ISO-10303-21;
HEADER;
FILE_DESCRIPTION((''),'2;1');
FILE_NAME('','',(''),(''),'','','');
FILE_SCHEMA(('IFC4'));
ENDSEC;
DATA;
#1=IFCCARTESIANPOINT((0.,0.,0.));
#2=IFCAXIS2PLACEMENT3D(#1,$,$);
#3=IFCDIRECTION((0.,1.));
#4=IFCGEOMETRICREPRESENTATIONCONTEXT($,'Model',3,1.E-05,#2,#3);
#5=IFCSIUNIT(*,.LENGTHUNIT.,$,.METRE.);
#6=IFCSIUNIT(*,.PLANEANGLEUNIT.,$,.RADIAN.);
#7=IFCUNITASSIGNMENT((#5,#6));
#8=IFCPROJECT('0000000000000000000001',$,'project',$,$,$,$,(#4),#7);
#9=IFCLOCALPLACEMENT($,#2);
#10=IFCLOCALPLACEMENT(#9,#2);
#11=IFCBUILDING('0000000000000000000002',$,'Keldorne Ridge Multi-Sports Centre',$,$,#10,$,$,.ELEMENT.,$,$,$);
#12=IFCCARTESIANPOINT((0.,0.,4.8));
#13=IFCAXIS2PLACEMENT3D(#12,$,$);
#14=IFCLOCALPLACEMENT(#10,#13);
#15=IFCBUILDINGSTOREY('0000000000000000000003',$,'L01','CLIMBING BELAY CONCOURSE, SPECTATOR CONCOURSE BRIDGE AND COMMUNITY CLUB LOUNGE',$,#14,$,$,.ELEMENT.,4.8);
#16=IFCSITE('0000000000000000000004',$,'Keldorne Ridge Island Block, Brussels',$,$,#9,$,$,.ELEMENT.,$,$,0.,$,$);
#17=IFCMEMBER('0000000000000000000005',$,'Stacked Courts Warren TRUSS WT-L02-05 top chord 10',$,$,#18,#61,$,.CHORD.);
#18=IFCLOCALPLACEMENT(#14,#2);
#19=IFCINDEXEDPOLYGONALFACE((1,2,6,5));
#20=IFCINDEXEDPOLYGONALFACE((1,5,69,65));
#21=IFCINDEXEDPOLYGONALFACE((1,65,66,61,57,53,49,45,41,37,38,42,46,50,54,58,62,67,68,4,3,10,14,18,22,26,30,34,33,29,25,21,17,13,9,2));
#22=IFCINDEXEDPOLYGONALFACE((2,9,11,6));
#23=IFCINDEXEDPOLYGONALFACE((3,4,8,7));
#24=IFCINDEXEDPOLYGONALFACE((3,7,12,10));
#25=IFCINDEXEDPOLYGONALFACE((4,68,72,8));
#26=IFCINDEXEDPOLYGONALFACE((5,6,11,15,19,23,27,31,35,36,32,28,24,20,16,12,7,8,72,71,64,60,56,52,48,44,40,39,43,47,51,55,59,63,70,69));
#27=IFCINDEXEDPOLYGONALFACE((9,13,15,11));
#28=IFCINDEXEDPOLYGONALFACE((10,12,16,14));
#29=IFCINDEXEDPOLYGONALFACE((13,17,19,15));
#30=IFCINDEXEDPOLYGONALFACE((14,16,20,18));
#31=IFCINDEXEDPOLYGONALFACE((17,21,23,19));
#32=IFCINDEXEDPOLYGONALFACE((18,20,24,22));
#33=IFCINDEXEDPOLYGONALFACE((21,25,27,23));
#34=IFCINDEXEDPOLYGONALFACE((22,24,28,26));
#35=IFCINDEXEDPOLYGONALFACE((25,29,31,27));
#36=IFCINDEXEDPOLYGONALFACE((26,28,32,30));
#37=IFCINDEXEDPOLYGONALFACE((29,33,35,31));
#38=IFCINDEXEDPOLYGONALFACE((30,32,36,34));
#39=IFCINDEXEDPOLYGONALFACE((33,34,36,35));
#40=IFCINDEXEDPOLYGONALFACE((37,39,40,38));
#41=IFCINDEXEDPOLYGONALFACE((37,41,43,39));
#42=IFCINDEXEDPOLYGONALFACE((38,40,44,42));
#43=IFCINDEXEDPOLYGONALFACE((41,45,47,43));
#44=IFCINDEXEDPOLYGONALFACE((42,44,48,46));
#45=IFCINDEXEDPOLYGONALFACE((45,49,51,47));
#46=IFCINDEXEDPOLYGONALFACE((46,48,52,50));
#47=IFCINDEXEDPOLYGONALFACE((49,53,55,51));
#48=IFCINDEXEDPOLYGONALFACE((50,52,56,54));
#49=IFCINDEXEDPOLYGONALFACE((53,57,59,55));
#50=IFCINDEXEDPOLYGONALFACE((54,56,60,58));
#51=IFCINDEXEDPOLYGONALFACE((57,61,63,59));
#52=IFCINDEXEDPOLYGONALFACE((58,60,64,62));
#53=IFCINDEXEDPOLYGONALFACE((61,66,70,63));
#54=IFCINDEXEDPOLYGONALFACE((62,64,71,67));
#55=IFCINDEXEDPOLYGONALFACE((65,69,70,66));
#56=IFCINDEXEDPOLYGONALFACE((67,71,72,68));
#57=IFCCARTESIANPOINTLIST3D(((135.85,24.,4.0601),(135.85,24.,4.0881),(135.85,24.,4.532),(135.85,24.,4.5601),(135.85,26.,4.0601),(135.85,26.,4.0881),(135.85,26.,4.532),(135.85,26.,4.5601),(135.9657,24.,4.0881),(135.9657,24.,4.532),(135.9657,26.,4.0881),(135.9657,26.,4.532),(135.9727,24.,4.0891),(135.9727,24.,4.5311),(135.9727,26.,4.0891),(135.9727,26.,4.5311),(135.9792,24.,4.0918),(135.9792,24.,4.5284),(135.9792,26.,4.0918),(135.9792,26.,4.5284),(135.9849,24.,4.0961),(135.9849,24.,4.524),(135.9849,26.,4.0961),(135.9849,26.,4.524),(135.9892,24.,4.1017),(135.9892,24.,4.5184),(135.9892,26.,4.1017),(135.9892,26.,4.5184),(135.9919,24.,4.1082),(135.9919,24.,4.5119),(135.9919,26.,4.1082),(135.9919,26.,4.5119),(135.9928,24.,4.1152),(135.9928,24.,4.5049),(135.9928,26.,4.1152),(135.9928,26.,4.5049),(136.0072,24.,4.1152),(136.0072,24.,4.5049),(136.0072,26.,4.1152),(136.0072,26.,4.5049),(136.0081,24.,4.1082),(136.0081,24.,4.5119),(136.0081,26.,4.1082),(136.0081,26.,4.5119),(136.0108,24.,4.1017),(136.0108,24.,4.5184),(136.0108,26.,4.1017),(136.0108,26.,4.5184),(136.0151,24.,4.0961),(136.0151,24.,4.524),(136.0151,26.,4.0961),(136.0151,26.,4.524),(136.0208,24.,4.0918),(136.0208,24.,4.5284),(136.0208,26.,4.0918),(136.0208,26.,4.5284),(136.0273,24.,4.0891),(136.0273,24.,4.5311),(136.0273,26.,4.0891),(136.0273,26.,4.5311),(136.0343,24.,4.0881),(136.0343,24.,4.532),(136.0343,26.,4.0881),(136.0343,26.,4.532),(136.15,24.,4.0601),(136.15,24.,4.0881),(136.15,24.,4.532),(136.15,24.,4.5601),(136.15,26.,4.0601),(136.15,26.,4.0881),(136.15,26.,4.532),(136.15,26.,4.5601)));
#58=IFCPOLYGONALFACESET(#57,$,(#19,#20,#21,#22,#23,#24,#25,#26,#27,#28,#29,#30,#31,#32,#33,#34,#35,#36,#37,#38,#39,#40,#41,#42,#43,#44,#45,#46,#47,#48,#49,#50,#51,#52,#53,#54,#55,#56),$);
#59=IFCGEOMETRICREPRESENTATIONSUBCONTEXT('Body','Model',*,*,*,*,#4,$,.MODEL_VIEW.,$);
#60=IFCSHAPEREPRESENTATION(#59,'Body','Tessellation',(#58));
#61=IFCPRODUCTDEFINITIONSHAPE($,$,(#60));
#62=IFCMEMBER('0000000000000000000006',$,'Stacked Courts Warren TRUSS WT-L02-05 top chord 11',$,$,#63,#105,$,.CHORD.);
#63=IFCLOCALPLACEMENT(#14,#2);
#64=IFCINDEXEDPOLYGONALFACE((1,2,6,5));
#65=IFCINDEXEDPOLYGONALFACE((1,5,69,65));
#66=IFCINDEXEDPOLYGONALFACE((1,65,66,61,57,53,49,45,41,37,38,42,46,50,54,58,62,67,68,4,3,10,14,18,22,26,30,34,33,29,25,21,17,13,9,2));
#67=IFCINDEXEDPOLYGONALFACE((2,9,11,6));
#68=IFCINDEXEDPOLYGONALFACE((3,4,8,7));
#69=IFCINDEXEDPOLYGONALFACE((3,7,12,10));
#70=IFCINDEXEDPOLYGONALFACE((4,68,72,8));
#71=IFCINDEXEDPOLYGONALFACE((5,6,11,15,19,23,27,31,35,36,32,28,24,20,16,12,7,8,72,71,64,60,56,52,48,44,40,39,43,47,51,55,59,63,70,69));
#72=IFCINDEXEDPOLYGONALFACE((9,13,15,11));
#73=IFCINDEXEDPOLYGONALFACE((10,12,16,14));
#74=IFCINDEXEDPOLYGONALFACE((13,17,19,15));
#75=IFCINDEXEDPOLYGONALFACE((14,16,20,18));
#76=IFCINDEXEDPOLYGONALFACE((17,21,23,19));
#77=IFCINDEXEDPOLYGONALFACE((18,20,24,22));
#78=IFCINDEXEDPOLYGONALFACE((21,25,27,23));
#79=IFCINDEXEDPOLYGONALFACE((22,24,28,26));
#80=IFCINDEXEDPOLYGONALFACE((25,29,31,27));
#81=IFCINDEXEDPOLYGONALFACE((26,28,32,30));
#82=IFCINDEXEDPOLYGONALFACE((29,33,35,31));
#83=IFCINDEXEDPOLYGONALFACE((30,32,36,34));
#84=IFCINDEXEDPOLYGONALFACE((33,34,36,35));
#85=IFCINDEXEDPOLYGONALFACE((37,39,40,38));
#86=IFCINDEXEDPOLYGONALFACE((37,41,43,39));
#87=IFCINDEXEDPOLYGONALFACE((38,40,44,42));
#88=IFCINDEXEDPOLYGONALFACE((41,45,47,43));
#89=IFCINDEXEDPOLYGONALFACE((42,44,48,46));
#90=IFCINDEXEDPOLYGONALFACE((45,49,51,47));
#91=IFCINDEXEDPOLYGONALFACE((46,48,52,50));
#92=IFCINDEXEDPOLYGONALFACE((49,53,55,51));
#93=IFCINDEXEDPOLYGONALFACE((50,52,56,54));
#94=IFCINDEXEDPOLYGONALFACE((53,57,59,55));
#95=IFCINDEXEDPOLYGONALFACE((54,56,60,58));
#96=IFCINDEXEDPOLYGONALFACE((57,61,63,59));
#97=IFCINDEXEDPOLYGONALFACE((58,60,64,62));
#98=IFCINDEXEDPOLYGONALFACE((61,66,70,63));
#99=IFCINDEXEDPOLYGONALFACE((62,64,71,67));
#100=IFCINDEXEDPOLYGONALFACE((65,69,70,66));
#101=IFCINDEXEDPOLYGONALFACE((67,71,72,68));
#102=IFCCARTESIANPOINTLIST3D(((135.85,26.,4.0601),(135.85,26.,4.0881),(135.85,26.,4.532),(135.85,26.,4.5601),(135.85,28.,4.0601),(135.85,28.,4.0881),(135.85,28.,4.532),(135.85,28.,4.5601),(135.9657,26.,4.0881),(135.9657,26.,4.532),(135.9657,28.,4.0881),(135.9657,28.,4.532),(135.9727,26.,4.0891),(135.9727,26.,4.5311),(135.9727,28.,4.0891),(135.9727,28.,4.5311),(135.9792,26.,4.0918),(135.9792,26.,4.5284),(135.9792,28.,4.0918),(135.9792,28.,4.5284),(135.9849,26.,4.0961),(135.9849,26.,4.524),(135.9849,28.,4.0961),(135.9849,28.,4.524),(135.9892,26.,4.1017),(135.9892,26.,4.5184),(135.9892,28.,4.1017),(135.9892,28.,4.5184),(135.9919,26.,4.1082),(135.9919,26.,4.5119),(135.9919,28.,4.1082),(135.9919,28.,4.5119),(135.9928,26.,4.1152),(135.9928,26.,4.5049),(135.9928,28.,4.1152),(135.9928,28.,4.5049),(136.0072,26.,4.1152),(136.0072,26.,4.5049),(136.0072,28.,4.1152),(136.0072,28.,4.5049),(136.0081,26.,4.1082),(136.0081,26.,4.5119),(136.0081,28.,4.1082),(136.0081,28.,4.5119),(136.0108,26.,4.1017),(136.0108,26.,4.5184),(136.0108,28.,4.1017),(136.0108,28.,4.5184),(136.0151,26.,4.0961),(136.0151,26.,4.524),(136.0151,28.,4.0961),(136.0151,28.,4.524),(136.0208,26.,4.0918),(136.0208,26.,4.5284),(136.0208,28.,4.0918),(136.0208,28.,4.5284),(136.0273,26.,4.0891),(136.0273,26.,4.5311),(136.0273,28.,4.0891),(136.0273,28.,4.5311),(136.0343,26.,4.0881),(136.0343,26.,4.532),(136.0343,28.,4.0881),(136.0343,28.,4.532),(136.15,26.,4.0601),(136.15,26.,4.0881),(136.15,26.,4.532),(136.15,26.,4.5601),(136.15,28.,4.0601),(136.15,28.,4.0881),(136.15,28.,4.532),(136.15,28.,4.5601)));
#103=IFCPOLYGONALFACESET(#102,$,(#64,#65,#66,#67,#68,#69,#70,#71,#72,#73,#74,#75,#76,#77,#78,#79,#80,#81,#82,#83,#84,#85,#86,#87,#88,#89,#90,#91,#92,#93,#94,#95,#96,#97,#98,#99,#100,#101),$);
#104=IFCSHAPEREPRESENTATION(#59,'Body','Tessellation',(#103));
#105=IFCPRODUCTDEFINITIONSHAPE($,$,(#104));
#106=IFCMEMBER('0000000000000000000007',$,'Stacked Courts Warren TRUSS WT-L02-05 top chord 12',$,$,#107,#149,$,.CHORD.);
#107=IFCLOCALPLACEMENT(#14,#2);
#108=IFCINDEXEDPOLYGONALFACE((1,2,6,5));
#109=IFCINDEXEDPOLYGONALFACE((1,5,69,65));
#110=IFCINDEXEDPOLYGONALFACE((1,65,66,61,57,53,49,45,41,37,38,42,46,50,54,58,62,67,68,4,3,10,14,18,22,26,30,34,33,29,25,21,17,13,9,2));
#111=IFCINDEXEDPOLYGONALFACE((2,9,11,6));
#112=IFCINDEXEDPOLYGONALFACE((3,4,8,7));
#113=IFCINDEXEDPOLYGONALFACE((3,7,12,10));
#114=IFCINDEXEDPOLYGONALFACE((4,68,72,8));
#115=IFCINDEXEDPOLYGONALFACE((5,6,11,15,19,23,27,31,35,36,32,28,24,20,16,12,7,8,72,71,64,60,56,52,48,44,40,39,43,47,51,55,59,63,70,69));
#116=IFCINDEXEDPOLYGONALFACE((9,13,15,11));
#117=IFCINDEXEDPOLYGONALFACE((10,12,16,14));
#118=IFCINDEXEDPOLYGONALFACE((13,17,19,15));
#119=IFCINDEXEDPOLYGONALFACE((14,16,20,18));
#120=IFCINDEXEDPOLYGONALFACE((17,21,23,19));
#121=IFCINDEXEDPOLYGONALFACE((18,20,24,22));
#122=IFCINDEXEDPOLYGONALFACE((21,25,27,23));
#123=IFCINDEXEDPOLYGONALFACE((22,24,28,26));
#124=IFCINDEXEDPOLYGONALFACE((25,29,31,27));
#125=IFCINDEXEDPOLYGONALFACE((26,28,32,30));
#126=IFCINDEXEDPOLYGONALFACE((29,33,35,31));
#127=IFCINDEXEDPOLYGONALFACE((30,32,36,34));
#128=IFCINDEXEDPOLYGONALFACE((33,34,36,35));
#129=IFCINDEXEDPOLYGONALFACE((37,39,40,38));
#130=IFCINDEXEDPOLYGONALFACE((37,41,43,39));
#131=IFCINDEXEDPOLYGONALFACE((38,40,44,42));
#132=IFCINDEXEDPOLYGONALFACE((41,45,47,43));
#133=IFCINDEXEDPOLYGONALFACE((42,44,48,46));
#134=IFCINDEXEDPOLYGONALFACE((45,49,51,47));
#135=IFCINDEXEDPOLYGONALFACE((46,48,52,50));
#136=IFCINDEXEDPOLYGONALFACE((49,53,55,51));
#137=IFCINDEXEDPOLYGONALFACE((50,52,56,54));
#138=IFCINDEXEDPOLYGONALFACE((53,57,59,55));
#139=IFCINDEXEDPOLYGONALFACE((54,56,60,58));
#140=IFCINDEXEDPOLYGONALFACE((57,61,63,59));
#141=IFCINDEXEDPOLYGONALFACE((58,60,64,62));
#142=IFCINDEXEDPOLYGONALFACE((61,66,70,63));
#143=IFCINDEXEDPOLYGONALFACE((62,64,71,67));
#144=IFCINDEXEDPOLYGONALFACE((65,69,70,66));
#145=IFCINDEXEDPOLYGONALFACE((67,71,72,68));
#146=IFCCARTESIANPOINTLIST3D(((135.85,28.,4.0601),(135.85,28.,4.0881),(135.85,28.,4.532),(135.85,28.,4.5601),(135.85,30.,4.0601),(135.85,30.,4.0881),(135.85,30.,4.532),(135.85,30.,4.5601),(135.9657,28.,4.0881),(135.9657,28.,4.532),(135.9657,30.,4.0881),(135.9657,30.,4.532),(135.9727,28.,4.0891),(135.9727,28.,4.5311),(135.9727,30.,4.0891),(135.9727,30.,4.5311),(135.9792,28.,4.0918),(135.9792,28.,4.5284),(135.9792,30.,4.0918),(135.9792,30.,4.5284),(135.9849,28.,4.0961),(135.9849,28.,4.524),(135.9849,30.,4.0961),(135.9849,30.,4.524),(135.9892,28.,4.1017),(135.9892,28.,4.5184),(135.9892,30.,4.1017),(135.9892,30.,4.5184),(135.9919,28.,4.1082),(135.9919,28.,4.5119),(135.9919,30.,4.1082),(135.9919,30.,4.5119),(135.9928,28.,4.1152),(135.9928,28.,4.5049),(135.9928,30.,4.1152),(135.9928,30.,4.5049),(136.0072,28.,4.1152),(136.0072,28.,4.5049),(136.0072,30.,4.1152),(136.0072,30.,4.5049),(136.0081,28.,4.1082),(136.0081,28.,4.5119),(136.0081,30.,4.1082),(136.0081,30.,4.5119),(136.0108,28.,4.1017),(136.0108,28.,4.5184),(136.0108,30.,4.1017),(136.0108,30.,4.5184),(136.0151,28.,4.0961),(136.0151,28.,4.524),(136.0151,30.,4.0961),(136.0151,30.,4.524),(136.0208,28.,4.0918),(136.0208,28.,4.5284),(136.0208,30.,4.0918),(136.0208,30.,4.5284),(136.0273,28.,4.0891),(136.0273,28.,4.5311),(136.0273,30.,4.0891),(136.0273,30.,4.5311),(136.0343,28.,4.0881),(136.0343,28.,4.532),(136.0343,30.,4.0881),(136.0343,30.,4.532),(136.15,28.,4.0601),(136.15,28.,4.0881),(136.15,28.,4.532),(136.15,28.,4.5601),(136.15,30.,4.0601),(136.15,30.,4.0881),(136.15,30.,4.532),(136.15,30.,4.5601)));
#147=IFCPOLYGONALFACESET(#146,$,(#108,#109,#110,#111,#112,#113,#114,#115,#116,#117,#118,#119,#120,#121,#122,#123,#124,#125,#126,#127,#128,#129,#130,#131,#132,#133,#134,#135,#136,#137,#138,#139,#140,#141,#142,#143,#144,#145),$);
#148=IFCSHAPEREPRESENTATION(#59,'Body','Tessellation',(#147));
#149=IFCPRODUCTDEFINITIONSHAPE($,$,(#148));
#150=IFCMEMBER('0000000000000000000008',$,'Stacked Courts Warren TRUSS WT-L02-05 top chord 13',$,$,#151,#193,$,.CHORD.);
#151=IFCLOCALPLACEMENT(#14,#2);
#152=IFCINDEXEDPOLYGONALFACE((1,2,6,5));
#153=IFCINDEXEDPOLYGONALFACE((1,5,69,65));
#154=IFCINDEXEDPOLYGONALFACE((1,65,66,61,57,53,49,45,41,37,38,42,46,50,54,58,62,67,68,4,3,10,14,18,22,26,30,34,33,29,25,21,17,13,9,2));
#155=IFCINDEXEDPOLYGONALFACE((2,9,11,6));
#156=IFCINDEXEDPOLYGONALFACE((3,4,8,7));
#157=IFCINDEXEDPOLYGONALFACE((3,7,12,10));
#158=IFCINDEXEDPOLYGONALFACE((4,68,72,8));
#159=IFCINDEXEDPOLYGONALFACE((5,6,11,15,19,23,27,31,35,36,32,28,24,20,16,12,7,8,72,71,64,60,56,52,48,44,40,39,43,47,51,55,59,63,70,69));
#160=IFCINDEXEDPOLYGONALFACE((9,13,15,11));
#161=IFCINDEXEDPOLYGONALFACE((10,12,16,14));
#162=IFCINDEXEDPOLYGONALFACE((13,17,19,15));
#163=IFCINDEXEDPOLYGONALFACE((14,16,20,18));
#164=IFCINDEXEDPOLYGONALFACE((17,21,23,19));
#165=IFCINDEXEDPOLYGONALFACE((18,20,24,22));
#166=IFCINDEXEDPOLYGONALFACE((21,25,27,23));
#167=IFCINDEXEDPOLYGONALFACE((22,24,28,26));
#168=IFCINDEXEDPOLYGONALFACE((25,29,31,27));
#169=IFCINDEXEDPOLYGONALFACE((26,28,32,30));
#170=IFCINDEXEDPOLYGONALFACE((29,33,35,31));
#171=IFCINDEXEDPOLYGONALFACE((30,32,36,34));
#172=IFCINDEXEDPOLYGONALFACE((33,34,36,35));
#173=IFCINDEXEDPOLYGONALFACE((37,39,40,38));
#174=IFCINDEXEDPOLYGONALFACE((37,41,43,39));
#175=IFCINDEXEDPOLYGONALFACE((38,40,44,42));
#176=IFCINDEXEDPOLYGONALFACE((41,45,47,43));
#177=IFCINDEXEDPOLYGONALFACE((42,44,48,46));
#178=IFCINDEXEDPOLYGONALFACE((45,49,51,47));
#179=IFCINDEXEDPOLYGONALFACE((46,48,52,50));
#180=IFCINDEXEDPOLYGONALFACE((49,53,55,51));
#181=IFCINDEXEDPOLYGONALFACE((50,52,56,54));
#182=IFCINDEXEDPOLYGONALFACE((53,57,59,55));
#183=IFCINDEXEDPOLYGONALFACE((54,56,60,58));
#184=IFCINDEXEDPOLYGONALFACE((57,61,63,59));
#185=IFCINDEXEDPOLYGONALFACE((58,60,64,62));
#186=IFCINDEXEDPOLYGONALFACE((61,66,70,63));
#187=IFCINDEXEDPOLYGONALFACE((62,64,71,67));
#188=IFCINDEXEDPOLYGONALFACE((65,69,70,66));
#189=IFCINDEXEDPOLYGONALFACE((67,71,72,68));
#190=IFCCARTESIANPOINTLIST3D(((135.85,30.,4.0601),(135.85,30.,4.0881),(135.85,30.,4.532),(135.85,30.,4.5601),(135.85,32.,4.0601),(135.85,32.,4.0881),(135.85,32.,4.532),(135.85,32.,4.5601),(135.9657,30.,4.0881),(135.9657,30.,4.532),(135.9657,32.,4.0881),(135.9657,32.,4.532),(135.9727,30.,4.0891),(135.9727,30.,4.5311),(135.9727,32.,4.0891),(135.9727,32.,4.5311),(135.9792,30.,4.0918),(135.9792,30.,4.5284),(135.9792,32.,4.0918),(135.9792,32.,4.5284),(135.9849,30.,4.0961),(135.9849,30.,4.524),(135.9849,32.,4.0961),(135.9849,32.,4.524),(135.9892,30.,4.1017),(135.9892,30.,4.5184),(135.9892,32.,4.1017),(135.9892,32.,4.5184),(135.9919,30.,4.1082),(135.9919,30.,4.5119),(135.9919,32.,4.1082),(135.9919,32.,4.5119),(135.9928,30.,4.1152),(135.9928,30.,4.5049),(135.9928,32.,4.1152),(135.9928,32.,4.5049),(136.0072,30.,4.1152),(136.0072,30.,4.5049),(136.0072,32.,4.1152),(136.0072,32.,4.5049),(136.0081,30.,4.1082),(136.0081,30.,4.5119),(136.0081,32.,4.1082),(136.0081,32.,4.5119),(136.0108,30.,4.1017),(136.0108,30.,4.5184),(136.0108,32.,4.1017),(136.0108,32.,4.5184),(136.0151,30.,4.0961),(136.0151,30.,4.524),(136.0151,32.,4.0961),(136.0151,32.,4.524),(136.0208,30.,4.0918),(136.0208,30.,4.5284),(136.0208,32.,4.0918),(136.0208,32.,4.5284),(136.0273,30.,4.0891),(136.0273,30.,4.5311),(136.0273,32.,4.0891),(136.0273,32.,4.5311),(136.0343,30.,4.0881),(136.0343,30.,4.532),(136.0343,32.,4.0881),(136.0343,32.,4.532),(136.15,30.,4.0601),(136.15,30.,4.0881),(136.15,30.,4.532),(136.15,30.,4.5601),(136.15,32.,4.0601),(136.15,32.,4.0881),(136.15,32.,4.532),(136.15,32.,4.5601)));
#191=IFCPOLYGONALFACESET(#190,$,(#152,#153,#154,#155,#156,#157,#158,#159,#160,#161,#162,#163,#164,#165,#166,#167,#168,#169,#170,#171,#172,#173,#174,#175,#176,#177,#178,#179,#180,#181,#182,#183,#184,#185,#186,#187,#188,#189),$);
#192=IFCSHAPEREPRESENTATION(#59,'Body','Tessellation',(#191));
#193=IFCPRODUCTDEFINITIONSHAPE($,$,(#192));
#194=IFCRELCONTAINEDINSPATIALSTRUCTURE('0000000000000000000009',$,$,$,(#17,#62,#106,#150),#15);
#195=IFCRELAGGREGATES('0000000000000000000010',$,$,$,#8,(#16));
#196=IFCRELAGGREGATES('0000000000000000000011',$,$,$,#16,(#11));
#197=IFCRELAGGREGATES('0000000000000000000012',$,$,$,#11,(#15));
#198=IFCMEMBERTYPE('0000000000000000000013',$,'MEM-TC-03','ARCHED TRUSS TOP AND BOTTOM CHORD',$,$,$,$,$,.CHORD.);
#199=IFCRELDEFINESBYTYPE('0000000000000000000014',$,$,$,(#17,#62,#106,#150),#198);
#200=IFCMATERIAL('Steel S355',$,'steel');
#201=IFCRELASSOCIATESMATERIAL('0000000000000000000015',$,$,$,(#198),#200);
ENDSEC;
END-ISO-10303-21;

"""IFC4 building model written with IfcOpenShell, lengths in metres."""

from ifc_helpers import new_model, si_unit, direction, frame, origin, origin_2d, place, context, subcontext, project, spatial, i_section, extrude, material, material_profile, profile_set, type_object, element, save


model = new_model("IFC4")

# Units and contexts
model_context = context("Model", 3, precision=1e-05, world=origin(), true_north=direction((0.0, 1.0)))
body_context = subcontext(model_context, "Body", "Model", "MODEL_VIEW")
ifc_project = project(units=[si_unit("LENGTHUNIT", "METRE"), si_unit("PLANEANGLEUNIT", "RADIAN")], contexts=[model_context])

# Site, building, storey
site_placement = place(None, origin())
site = spatial("IfcSite", under=ifc_project, at=site_placement, Name="Keldorne Ridge Island Block, Brussels", CompositionType="ELEMENT", RefElevation=0.0)
building_placement = place(site_placement, origin())
building = spatial("IfcBuilding", under=site, at=building_placement, Name="Keldorne Ridge Multi-Sports Centre", CompositionType="ELEMENT")
storey_placement = place(building_placement, frame((0.0, 0.0, 4.8)))
storey = spatial("IfcBuildingStorey", under=building, at=storey_placement, Name="L01", Description="CLIMBING BELAY CONCOURSE, SPECTATOR CONCOURSE BRIDGE AND COMMUNITY CLUB LOUNGE", CompositionType="ELEMENT", Elevation=4.8)

# Members
ifc_material = material(Name="Steel S355", Category="steel")
ifc_material_profile_1 = material_profile(ifc_material, i_section(OverallWidth=0.3, OverallDepth=0.5, WebThickness=0.0144, FlangeThickness=0.0281, FilletRadius=0.0271, at=origin_2d()), Name="HEB 500")
ifc_profile_set_1 = profile_set([ifc_material_profile_1], Name="Steel S355")
member_type_1 = type_object("IfcMemberType", Name="MEM-TC-03", Description="ARCHED TRUSS TOP AND BOTTOM CHORD", PredefinedType="CHORD", material=ifc_profile_set_1)
for number, where, z_axis, x_axis, name in (
    (1, (136.0, 24.0, 4.3101), (0.0, 1.0, 0.0), (-1.0, 0.0, 0.0), "Stacked Courts Warren TRUSS WT-L02-05 top chord 10"),
    (2, (136.0, 26.0, 4.3101), (0.0, 1.0, 0.0), (-1.0, 0.0, 0.0), "Stacked Courts Warren TRUSS WT-L02-05 top chord 11"),
    (3, (136.0, 28.0, 4.3101), (0.0, 1.0, 0.0), (-1.0, 0.0, 0.0), "Stacked Courts Warren TRUSS WT-L02-05 top chord 12"),
    (4, (136.0, 30.0, 4.3101), (0.0, 1.0, 0.0), (-1.0, 0.0, 0.0), "Stacked Courts Warren TRUSS WT-L02-05 top chord 13"),
):
    element("IfcMember", number, at=place(storey_placement, frame(where, z_axis=z_axis, x_axis=x_axis)), inside=storey, type_object=member_type_1, Name=name, PredefinedType="CHORD", context=body_context, shape_type="SweptSolid", body=[
        extrude(i_section(OverallWidth=0.3, OverallDepth=0.5, WebThickness=0.0144, FlangeThickness=0.0281, FilletRadius=0.0271, at=origin_2d()), origin(), (0.0, 0.0, 1.0), 2.0),
    ])

save(model, "model.ifc")
